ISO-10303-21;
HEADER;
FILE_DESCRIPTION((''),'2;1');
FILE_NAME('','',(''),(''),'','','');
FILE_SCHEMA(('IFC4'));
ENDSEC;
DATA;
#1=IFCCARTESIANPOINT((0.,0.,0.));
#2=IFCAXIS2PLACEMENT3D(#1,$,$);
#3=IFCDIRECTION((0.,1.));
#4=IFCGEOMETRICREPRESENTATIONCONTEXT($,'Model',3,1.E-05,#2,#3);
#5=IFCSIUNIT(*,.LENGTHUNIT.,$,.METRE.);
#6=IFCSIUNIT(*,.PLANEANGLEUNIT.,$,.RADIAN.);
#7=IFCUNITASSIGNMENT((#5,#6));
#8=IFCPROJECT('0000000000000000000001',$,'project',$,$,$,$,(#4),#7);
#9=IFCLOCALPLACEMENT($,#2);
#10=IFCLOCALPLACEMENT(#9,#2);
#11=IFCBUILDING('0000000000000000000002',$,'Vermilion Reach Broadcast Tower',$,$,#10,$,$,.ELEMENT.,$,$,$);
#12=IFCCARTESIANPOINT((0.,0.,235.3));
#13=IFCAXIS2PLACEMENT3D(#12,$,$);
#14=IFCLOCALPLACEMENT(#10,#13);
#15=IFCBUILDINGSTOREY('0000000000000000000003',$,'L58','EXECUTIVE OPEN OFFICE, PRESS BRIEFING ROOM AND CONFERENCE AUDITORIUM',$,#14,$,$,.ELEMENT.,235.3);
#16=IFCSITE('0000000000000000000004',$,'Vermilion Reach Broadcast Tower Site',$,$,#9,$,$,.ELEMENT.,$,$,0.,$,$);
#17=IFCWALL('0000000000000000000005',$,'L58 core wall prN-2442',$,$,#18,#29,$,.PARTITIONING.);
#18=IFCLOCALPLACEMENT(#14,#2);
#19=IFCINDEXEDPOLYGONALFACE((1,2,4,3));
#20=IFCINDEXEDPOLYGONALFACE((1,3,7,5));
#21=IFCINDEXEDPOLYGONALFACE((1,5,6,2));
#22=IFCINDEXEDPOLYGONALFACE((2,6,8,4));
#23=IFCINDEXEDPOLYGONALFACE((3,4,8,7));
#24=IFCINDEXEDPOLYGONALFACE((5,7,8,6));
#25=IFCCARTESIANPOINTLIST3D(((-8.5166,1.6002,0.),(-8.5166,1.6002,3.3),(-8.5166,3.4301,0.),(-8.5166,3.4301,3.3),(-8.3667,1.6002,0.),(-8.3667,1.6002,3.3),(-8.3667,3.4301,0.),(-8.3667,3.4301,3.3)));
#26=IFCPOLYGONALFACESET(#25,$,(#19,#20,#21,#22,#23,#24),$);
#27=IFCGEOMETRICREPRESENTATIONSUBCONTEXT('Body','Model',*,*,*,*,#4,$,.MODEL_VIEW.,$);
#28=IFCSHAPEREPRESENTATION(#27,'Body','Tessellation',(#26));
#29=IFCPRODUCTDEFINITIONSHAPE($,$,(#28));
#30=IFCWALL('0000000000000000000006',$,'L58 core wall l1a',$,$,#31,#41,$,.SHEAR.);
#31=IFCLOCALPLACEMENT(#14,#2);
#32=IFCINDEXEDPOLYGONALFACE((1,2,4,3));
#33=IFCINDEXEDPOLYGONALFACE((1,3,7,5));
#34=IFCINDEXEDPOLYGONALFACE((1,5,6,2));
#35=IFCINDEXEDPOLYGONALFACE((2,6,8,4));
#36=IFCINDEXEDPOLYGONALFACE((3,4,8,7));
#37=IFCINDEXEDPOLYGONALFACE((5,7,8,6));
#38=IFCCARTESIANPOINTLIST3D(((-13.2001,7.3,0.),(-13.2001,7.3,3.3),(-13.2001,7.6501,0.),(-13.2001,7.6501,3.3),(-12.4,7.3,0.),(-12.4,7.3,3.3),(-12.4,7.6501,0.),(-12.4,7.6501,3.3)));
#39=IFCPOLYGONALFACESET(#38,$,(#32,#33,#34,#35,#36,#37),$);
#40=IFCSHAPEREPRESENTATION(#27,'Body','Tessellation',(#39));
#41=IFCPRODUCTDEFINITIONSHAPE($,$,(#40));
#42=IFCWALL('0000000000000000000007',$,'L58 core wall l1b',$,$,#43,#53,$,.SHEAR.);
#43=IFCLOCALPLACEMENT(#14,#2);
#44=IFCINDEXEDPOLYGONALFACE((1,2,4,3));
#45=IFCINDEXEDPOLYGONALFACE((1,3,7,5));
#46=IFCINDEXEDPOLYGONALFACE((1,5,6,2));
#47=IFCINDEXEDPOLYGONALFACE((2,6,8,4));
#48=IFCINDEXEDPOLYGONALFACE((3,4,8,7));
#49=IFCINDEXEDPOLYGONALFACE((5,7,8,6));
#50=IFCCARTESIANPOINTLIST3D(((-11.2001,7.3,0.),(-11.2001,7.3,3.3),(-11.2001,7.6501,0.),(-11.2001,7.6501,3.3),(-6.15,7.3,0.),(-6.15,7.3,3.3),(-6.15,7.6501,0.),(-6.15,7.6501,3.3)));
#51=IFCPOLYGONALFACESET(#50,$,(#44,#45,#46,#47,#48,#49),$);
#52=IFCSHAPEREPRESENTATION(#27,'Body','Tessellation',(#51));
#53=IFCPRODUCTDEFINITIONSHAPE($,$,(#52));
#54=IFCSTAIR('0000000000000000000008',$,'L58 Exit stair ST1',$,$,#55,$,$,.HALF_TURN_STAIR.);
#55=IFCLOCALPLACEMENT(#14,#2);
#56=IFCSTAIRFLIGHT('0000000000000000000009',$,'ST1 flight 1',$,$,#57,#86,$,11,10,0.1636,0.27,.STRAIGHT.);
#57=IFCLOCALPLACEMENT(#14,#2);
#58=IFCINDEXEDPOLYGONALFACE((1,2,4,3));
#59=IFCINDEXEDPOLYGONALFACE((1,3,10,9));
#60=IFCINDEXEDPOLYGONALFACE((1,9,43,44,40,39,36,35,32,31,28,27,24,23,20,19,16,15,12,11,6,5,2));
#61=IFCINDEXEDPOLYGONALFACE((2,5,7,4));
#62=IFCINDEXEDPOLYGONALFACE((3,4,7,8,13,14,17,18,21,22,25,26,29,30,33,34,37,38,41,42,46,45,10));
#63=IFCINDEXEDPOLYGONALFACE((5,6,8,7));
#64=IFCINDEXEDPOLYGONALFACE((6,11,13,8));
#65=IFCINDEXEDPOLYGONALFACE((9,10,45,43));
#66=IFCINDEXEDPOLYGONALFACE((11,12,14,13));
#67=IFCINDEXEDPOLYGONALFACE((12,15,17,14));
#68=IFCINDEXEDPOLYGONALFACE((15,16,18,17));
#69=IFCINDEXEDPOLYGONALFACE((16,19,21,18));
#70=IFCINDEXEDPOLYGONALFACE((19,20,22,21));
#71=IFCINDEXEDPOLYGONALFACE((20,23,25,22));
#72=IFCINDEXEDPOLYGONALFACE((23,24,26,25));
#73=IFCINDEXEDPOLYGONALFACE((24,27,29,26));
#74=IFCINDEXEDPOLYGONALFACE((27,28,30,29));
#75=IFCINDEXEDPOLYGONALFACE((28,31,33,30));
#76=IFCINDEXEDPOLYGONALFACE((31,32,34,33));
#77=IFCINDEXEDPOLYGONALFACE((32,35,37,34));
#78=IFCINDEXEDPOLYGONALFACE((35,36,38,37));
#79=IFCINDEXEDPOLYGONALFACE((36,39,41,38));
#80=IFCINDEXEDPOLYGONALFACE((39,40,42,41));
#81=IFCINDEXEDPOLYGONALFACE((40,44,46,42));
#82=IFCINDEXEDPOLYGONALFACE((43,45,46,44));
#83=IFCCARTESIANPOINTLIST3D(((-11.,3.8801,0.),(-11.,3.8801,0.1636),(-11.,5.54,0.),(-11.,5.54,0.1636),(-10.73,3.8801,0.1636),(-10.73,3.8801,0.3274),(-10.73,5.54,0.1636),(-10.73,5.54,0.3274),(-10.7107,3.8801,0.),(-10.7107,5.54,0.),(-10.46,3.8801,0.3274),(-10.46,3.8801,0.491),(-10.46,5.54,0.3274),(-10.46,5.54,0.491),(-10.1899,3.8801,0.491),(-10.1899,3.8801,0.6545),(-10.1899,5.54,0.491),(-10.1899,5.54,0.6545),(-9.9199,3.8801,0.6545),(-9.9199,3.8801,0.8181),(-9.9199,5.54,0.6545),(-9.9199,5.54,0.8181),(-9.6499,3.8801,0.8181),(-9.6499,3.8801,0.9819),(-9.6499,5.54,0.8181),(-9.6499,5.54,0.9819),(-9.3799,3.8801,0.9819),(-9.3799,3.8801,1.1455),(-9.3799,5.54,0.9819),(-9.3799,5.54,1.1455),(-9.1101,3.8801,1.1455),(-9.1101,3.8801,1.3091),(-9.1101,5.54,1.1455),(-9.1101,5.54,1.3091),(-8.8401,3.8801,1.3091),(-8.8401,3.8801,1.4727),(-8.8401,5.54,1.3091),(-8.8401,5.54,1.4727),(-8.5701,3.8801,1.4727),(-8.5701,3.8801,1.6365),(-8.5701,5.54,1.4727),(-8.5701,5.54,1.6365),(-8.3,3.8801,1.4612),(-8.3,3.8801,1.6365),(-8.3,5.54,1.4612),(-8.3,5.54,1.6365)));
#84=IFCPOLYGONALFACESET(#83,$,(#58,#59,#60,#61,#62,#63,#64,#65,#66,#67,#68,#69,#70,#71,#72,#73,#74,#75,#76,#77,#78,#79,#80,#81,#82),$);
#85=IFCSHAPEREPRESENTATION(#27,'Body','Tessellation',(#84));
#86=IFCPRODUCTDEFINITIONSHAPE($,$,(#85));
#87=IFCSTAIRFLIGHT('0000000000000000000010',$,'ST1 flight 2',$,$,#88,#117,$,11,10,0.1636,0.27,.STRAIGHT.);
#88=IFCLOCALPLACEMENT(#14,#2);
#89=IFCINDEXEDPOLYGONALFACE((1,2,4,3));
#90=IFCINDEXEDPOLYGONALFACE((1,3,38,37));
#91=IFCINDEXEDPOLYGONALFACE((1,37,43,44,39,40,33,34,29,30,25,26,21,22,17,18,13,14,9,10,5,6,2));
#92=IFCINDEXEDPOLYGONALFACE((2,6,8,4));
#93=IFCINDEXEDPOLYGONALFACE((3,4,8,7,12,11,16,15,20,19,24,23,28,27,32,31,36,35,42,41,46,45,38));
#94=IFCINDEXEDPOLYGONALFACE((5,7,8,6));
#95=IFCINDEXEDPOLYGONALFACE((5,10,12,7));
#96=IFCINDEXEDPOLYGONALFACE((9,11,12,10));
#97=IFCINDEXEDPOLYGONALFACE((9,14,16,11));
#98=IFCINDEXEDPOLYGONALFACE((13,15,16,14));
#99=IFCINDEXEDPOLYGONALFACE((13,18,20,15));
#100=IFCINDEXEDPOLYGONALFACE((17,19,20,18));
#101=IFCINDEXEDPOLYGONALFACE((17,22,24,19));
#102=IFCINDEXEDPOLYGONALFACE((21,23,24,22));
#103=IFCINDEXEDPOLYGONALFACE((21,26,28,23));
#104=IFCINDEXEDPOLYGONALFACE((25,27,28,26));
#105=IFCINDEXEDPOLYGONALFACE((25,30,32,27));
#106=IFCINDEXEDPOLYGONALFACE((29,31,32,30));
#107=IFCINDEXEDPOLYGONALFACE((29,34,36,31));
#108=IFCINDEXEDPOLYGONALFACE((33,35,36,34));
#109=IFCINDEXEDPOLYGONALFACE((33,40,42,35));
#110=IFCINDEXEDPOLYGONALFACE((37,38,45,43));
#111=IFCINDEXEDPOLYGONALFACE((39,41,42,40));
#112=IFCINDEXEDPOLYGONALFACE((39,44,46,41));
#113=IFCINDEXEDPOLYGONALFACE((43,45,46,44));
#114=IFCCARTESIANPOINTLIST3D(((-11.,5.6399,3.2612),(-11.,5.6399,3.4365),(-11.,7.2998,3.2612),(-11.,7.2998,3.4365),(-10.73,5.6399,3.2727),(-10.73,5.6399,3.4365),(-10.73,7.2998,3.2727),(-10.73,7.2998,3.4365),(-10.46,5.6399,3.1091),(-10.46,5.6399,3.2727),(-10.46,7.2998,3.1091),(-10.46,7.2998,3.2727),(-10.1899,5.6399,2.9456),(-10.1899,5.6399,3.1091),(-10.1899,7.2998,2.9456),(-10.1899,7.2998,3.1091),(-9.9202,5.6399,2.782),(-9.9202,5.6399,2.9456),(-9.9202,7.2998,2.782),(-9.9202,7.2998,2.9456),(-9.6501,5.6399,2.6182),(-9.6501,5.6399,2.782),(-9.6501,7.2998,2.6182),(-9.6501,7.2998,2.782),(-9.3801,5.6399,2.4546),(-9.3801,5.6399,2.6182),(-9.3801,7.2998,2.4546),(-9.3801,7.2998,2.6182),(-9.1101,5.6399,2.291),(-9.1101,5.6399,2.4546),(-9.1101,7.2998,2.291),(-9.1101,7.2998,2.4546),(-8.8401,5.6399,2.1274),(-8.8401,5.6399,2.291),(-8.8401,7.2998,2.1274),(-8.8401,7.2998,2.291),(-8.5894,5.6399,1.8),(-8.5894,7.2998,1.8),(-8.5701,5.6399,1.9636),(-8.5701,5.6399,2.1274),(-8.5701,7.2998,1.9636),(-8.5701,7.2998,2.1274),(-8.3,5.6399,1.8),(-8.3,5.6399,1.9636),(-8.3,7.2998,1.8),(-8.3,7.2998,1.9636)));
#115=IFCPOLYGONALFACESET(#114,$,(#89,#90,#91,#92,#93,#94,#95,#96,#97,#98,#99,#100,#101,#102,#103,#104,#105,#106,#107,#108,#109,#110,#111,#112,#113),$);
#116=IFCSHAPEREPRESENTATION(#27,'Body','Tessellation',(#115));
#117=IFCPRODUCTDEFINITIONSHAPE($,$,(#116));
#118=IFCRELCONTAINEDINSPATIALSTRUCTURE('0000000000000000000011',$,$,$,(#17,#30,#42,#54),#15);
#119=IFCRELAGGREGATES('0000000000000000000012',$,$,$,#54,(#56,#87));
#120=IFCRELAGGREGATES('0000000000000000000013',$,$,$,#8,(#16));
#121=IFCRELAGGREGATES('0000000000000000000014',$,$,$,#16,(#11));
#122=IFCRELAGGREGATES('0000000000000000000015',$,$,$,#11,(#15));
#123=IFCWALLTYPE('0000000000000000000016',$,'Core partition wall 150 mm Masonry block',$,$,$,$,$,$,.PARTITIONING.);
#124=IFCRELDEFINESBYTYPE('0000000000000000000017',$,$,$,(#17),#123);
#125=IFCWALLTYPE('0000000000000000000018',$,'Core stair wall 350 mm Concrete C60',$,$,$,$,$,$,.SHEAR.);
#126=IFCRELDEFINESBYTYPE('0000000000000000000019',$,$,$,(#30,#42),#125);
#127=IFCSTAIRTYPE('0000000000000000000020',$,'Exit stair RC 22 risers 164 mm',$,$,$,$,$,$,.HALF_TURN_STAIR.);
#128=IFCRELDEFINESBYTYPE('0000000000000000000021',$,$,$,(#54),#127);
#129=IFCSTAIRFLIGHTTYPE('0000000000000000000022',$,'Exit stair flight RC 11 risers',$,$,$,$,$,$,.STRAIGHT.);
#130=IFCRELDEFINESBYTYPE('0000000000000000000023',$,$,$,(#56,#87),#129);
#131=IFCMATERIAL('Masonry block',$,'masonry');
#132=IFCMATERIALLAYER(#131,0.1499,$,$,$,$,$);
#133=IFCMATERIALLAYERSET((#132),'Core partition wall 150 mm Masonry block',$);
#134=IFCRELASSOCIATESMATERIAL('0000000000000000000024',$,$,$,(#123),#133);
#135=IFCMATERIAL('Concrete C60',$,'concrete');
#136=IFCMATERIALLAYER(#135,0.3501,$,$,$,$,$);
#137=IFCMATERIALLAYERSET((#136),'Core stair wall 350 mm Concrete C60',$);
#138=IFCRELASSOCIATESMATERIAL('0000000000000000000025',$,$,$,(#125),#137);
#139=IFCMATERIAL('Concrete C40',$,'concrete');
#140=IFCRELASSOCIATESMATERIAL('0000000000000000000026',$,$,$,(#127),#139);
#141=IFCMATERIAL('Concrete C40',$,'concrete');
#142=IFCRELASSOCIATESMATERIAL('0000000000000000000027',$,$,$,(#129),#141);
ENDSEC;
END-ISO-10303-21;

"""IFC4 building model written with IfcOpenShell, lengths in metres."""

from ifc_helpers import new_model, si_unit, direction, frame, frame_2d, origin, place, context, subcontext, project, spatial, polyline, rectangle, outline, extrude, material, layer, layer_set, type_object, element, aggregate, save


model = new_model("IFC4")

# Units and contexts
model_context = context("Model", 3, precision=1e-05, world=origin(), true_north=direction((0.0, 1.0)))
body_context = subcontext(model_context, "Body", "Model", "MODEL_VIEW")
ifc_project = project(units=[si_unit("LENGTHUNIT", "METRE"), si_unit("PLANEANGLEUNIT", "RADIAN")], contexts=[model_context])

# Site, building, storey
site_placement = place(None, origin())
site = spatial("IfcSite", under=ifc_project, at=site_placement, Name="Vermilion Reach Broadcast Tower Site", CompositionType="ELEMENT", RefElevation=0.0)
building_placement = place(site_placement, origin())
building = spatial("IfcBuilding", under=site, at=building_placement, Name="Vermilion Reach Broadcast Tower", CompositionType="ELEMENT")
storey_placement = place(building_placement, frame((0.0, 0.0, 235.3)))
storey = spatial("IfcBuildingStorey", under=building, at=storey_placement, Name="L58", Description="EXECUTIVE OPEN OFFICE, PRESS BRIEFING ROOM AND CONFERENCE AUDITORIUM", CompositionType="ELEMENT", Elevation=235.3)

# Walls
ifc_material_1 = material(Name="Masonry block", Category="masonry")
ifc_layer_1 = layer(ifc_material_1, 0.1499)
ifc_layer_set_1 = layer_set([ifc_layer_1], Name="Core partition wall 150 mm Masonry block")
wall_type_1 = type_object("IfcWallType", Name="Core partition wall 150 mm Masonry block", PredefinedType="PARTITIONING", material=ifc_layer_set_1)
wall_1_placement = place(storey_placement, frame((-8.4417, 1.6001, 0.0), z_axis=(0.0, 0.0, 1.0), x_axis=(0.0, 1.0, 0.0)))
element("IfcWall", 1, at=wall_1_placement, inside=storey, type_object=wall_type_1, Name="L58 core wall prN-2442", PredefinedType="PARTITIONING", context=body_context, shape_type="SweptSolid", body=[
    extrude(rectangle(XDim=1.8298, YDim=0.1499, at=frame_2d((0.915, 0.0))), origin(), (0.0, 0.0, 1.0), 3.3),
])
ifc_material_2 = material(Name="Concrete C60", Category="concrete")
ifc_layer_2 = layer(ifc_material_2, 0.3501)
ifc_layer_set_2 = layer_set([ifc_layer_2], Name="Core stair wall 350 mm Concrete C60")
wall_type_2 = type_object("IfcWallType", Name="Core stair wall 350 mm Concrete C60", PredefinedType="SHEAR", material=ifc_layer_set_2)
wall_2_placement = place(storey_placement, frame((-13.2, 7.4751, 0.0), z_axis=(0.0, 0.0, 1.0), x_axis=(1.0, 0.0, 0.0)))
element("IfcWall", 2, at=wall_2_placement, inside=storey, type_object=wall_type_2, Name="L58 core wall l1a", PredefinedType="SHEAR", context=body_context, shape_type="SweptSolid", body=[
    extrude(rectangle(XDim=0.8, YDim=0.3501, at=frame_2d((0.3999, 0.0))), origin(), (0.0, 0.0, 1.0), 3.3),
])
wall_3_placement = place(storey_placement, frame((-11.2, 7.4751, 0.0), z_axis=(0.0, 0.0, 1.0), x_axis=(1.0, 0.0, 0.0)))
element("IfcWall", 3, at=wall_3_placement, inside=storey, type_object=wall_type_2, Name="L58 core wall l1b", PredefinedType="SHEAR", context=body_context, shape_type="SweptSolid", body=[
    extrude(rectangle(XDim=5.05, YDim=0.3501, at=frame_2d((2.5249, 0.0))), origin(), (0.0, 0.0, 1.0), 3.3),
])

# Stair, stair flights
ifc_material_3 = material(Name="Concrete C40", Category="concrete")
stair_type = type_object("IfcStairType", Name="Exit stair RC 22 risers 164 mm", PredefinedType="HALF_TURN_STAIR", material=ifc_material_3)
stair_placement = place(storey_placement, origin())
stair = element("IfcStair", 4, at=stair_placement, inside=storey, type_object=stair_type, Name="L58 Exit stair ST1", PredefinedType="HALF_TURN_STAIR")
ifc_material_4 = material(Name="Concrete C40", Category="concrete")
stair_flight_type = type_object("IfcStairFlightType", Name="Exit stair flight RC 11 risers", PredefinedType="STRAIGHT", material=ifc_material_4)
stair_flight_1_placement = place(storey_placement, frame((-11.0, 4.71, 0.0), z_axis=(0.0, 0.0, 1.0), x_axis=(1.0, 0.0, 0.0)))
stair_flight_1 = element("IfcStairFlight", 5, at=stair_flight_1_placement, type_object=stair_flight_type, Name="ST1 flight 1", NumberOfRisers=11, NumberOfTreads=10, PredefinedType="STRAIGHT", RiserHeight=0.1636, TreadLength=0.27, context=body_context, shape_type="SweptSolid", body=[
    extrude(outline(polyline([(0.0, 0.0), (0.0, 0.1636), (0.27, 0.1636), (0.27, 0.3274), (0.54, 0.3274), (0.54, 0.491), (0.8101, 0.491), (0.8101, 0.6545), (1.0801, 0.6545), (1.0801, 0.8181), (1.3501, 0.8181), (1.3501, 0.9819), (1.6201, 0.9819), (1.6201, 1.1455), (1.8899, 1.1455), (1.8899, 1.3091), (2.1599, 1.3091), (2.1599, 1.4727), (2.4299, 1.4727), (2.4299, 1.6365), (2.7, 1.6365), (2.7, 1.8), (2.7, 1.4612), (0.2893, 0.0), (0.0, 0.0)])), frame((0.0, 0.8301, 0.0), z_axis=(0.0, -1.0, 0.0), x_axis=(1.0, 0.0, 0.0)), (0.0, 0.0, 1.0), 1.6599),
])
stair_flight_2_placement = place(storey_placement, frame((-8.3, 6.47, 1.8), z_axis=(0.0, 0.0, 1.0), x_axis=(-1.0, 0.0, 0.0)))
stair_flight_2 = element("IfcStairFlight", 6, at=stair_flight_2_placement, type_object=stair_flight_type, Name="ST1 flight 2", NumberOfRisers=11, NumberOfTreads=10, PredefinedType="STRAIGHT", RiserHeight=0.1636, TreadLength=0.27, context=body_context, shape_type="SweptSolid", body=[
    extrude(outline(polyline([(0.0, 0.0), (0.0, 0.1636), (0.27, 0.1636), (0.27, 0.3274), (0.54, 0.3274), (0.54, 0.491), (0.8101, 0.491), (0.8101, 0.6545), (1.0801, 0.6545), (1.0801, 0.8181), (1.3501, 0.8181), (1.3501, 0.9819), (1.6201, 0.9819), (1.6201, 1.1455), (1.8899, 1.1455), (1.8899, 1.3091), (2.1599, 1.3091), (2.1599, 1.4727), (2.4299, 1.4727), (2.4299, 1.6365), (2.7, 1.6365), (2.7, 1.8), (2.7, 1.4612), (0.2893, 0.0), (0.0, 0.0)])), frame((0.0, 0.8301, 0.0), z_axis=(0.0, -1.0, 0.0), x_axis=(1.0, 0.0, 0.0)), (0.0, 0.0, 1.0), 1.6599),
])
aggregate(stair, [stair_flight_1, stair_flight_2])

save(model, "model.ifc")
